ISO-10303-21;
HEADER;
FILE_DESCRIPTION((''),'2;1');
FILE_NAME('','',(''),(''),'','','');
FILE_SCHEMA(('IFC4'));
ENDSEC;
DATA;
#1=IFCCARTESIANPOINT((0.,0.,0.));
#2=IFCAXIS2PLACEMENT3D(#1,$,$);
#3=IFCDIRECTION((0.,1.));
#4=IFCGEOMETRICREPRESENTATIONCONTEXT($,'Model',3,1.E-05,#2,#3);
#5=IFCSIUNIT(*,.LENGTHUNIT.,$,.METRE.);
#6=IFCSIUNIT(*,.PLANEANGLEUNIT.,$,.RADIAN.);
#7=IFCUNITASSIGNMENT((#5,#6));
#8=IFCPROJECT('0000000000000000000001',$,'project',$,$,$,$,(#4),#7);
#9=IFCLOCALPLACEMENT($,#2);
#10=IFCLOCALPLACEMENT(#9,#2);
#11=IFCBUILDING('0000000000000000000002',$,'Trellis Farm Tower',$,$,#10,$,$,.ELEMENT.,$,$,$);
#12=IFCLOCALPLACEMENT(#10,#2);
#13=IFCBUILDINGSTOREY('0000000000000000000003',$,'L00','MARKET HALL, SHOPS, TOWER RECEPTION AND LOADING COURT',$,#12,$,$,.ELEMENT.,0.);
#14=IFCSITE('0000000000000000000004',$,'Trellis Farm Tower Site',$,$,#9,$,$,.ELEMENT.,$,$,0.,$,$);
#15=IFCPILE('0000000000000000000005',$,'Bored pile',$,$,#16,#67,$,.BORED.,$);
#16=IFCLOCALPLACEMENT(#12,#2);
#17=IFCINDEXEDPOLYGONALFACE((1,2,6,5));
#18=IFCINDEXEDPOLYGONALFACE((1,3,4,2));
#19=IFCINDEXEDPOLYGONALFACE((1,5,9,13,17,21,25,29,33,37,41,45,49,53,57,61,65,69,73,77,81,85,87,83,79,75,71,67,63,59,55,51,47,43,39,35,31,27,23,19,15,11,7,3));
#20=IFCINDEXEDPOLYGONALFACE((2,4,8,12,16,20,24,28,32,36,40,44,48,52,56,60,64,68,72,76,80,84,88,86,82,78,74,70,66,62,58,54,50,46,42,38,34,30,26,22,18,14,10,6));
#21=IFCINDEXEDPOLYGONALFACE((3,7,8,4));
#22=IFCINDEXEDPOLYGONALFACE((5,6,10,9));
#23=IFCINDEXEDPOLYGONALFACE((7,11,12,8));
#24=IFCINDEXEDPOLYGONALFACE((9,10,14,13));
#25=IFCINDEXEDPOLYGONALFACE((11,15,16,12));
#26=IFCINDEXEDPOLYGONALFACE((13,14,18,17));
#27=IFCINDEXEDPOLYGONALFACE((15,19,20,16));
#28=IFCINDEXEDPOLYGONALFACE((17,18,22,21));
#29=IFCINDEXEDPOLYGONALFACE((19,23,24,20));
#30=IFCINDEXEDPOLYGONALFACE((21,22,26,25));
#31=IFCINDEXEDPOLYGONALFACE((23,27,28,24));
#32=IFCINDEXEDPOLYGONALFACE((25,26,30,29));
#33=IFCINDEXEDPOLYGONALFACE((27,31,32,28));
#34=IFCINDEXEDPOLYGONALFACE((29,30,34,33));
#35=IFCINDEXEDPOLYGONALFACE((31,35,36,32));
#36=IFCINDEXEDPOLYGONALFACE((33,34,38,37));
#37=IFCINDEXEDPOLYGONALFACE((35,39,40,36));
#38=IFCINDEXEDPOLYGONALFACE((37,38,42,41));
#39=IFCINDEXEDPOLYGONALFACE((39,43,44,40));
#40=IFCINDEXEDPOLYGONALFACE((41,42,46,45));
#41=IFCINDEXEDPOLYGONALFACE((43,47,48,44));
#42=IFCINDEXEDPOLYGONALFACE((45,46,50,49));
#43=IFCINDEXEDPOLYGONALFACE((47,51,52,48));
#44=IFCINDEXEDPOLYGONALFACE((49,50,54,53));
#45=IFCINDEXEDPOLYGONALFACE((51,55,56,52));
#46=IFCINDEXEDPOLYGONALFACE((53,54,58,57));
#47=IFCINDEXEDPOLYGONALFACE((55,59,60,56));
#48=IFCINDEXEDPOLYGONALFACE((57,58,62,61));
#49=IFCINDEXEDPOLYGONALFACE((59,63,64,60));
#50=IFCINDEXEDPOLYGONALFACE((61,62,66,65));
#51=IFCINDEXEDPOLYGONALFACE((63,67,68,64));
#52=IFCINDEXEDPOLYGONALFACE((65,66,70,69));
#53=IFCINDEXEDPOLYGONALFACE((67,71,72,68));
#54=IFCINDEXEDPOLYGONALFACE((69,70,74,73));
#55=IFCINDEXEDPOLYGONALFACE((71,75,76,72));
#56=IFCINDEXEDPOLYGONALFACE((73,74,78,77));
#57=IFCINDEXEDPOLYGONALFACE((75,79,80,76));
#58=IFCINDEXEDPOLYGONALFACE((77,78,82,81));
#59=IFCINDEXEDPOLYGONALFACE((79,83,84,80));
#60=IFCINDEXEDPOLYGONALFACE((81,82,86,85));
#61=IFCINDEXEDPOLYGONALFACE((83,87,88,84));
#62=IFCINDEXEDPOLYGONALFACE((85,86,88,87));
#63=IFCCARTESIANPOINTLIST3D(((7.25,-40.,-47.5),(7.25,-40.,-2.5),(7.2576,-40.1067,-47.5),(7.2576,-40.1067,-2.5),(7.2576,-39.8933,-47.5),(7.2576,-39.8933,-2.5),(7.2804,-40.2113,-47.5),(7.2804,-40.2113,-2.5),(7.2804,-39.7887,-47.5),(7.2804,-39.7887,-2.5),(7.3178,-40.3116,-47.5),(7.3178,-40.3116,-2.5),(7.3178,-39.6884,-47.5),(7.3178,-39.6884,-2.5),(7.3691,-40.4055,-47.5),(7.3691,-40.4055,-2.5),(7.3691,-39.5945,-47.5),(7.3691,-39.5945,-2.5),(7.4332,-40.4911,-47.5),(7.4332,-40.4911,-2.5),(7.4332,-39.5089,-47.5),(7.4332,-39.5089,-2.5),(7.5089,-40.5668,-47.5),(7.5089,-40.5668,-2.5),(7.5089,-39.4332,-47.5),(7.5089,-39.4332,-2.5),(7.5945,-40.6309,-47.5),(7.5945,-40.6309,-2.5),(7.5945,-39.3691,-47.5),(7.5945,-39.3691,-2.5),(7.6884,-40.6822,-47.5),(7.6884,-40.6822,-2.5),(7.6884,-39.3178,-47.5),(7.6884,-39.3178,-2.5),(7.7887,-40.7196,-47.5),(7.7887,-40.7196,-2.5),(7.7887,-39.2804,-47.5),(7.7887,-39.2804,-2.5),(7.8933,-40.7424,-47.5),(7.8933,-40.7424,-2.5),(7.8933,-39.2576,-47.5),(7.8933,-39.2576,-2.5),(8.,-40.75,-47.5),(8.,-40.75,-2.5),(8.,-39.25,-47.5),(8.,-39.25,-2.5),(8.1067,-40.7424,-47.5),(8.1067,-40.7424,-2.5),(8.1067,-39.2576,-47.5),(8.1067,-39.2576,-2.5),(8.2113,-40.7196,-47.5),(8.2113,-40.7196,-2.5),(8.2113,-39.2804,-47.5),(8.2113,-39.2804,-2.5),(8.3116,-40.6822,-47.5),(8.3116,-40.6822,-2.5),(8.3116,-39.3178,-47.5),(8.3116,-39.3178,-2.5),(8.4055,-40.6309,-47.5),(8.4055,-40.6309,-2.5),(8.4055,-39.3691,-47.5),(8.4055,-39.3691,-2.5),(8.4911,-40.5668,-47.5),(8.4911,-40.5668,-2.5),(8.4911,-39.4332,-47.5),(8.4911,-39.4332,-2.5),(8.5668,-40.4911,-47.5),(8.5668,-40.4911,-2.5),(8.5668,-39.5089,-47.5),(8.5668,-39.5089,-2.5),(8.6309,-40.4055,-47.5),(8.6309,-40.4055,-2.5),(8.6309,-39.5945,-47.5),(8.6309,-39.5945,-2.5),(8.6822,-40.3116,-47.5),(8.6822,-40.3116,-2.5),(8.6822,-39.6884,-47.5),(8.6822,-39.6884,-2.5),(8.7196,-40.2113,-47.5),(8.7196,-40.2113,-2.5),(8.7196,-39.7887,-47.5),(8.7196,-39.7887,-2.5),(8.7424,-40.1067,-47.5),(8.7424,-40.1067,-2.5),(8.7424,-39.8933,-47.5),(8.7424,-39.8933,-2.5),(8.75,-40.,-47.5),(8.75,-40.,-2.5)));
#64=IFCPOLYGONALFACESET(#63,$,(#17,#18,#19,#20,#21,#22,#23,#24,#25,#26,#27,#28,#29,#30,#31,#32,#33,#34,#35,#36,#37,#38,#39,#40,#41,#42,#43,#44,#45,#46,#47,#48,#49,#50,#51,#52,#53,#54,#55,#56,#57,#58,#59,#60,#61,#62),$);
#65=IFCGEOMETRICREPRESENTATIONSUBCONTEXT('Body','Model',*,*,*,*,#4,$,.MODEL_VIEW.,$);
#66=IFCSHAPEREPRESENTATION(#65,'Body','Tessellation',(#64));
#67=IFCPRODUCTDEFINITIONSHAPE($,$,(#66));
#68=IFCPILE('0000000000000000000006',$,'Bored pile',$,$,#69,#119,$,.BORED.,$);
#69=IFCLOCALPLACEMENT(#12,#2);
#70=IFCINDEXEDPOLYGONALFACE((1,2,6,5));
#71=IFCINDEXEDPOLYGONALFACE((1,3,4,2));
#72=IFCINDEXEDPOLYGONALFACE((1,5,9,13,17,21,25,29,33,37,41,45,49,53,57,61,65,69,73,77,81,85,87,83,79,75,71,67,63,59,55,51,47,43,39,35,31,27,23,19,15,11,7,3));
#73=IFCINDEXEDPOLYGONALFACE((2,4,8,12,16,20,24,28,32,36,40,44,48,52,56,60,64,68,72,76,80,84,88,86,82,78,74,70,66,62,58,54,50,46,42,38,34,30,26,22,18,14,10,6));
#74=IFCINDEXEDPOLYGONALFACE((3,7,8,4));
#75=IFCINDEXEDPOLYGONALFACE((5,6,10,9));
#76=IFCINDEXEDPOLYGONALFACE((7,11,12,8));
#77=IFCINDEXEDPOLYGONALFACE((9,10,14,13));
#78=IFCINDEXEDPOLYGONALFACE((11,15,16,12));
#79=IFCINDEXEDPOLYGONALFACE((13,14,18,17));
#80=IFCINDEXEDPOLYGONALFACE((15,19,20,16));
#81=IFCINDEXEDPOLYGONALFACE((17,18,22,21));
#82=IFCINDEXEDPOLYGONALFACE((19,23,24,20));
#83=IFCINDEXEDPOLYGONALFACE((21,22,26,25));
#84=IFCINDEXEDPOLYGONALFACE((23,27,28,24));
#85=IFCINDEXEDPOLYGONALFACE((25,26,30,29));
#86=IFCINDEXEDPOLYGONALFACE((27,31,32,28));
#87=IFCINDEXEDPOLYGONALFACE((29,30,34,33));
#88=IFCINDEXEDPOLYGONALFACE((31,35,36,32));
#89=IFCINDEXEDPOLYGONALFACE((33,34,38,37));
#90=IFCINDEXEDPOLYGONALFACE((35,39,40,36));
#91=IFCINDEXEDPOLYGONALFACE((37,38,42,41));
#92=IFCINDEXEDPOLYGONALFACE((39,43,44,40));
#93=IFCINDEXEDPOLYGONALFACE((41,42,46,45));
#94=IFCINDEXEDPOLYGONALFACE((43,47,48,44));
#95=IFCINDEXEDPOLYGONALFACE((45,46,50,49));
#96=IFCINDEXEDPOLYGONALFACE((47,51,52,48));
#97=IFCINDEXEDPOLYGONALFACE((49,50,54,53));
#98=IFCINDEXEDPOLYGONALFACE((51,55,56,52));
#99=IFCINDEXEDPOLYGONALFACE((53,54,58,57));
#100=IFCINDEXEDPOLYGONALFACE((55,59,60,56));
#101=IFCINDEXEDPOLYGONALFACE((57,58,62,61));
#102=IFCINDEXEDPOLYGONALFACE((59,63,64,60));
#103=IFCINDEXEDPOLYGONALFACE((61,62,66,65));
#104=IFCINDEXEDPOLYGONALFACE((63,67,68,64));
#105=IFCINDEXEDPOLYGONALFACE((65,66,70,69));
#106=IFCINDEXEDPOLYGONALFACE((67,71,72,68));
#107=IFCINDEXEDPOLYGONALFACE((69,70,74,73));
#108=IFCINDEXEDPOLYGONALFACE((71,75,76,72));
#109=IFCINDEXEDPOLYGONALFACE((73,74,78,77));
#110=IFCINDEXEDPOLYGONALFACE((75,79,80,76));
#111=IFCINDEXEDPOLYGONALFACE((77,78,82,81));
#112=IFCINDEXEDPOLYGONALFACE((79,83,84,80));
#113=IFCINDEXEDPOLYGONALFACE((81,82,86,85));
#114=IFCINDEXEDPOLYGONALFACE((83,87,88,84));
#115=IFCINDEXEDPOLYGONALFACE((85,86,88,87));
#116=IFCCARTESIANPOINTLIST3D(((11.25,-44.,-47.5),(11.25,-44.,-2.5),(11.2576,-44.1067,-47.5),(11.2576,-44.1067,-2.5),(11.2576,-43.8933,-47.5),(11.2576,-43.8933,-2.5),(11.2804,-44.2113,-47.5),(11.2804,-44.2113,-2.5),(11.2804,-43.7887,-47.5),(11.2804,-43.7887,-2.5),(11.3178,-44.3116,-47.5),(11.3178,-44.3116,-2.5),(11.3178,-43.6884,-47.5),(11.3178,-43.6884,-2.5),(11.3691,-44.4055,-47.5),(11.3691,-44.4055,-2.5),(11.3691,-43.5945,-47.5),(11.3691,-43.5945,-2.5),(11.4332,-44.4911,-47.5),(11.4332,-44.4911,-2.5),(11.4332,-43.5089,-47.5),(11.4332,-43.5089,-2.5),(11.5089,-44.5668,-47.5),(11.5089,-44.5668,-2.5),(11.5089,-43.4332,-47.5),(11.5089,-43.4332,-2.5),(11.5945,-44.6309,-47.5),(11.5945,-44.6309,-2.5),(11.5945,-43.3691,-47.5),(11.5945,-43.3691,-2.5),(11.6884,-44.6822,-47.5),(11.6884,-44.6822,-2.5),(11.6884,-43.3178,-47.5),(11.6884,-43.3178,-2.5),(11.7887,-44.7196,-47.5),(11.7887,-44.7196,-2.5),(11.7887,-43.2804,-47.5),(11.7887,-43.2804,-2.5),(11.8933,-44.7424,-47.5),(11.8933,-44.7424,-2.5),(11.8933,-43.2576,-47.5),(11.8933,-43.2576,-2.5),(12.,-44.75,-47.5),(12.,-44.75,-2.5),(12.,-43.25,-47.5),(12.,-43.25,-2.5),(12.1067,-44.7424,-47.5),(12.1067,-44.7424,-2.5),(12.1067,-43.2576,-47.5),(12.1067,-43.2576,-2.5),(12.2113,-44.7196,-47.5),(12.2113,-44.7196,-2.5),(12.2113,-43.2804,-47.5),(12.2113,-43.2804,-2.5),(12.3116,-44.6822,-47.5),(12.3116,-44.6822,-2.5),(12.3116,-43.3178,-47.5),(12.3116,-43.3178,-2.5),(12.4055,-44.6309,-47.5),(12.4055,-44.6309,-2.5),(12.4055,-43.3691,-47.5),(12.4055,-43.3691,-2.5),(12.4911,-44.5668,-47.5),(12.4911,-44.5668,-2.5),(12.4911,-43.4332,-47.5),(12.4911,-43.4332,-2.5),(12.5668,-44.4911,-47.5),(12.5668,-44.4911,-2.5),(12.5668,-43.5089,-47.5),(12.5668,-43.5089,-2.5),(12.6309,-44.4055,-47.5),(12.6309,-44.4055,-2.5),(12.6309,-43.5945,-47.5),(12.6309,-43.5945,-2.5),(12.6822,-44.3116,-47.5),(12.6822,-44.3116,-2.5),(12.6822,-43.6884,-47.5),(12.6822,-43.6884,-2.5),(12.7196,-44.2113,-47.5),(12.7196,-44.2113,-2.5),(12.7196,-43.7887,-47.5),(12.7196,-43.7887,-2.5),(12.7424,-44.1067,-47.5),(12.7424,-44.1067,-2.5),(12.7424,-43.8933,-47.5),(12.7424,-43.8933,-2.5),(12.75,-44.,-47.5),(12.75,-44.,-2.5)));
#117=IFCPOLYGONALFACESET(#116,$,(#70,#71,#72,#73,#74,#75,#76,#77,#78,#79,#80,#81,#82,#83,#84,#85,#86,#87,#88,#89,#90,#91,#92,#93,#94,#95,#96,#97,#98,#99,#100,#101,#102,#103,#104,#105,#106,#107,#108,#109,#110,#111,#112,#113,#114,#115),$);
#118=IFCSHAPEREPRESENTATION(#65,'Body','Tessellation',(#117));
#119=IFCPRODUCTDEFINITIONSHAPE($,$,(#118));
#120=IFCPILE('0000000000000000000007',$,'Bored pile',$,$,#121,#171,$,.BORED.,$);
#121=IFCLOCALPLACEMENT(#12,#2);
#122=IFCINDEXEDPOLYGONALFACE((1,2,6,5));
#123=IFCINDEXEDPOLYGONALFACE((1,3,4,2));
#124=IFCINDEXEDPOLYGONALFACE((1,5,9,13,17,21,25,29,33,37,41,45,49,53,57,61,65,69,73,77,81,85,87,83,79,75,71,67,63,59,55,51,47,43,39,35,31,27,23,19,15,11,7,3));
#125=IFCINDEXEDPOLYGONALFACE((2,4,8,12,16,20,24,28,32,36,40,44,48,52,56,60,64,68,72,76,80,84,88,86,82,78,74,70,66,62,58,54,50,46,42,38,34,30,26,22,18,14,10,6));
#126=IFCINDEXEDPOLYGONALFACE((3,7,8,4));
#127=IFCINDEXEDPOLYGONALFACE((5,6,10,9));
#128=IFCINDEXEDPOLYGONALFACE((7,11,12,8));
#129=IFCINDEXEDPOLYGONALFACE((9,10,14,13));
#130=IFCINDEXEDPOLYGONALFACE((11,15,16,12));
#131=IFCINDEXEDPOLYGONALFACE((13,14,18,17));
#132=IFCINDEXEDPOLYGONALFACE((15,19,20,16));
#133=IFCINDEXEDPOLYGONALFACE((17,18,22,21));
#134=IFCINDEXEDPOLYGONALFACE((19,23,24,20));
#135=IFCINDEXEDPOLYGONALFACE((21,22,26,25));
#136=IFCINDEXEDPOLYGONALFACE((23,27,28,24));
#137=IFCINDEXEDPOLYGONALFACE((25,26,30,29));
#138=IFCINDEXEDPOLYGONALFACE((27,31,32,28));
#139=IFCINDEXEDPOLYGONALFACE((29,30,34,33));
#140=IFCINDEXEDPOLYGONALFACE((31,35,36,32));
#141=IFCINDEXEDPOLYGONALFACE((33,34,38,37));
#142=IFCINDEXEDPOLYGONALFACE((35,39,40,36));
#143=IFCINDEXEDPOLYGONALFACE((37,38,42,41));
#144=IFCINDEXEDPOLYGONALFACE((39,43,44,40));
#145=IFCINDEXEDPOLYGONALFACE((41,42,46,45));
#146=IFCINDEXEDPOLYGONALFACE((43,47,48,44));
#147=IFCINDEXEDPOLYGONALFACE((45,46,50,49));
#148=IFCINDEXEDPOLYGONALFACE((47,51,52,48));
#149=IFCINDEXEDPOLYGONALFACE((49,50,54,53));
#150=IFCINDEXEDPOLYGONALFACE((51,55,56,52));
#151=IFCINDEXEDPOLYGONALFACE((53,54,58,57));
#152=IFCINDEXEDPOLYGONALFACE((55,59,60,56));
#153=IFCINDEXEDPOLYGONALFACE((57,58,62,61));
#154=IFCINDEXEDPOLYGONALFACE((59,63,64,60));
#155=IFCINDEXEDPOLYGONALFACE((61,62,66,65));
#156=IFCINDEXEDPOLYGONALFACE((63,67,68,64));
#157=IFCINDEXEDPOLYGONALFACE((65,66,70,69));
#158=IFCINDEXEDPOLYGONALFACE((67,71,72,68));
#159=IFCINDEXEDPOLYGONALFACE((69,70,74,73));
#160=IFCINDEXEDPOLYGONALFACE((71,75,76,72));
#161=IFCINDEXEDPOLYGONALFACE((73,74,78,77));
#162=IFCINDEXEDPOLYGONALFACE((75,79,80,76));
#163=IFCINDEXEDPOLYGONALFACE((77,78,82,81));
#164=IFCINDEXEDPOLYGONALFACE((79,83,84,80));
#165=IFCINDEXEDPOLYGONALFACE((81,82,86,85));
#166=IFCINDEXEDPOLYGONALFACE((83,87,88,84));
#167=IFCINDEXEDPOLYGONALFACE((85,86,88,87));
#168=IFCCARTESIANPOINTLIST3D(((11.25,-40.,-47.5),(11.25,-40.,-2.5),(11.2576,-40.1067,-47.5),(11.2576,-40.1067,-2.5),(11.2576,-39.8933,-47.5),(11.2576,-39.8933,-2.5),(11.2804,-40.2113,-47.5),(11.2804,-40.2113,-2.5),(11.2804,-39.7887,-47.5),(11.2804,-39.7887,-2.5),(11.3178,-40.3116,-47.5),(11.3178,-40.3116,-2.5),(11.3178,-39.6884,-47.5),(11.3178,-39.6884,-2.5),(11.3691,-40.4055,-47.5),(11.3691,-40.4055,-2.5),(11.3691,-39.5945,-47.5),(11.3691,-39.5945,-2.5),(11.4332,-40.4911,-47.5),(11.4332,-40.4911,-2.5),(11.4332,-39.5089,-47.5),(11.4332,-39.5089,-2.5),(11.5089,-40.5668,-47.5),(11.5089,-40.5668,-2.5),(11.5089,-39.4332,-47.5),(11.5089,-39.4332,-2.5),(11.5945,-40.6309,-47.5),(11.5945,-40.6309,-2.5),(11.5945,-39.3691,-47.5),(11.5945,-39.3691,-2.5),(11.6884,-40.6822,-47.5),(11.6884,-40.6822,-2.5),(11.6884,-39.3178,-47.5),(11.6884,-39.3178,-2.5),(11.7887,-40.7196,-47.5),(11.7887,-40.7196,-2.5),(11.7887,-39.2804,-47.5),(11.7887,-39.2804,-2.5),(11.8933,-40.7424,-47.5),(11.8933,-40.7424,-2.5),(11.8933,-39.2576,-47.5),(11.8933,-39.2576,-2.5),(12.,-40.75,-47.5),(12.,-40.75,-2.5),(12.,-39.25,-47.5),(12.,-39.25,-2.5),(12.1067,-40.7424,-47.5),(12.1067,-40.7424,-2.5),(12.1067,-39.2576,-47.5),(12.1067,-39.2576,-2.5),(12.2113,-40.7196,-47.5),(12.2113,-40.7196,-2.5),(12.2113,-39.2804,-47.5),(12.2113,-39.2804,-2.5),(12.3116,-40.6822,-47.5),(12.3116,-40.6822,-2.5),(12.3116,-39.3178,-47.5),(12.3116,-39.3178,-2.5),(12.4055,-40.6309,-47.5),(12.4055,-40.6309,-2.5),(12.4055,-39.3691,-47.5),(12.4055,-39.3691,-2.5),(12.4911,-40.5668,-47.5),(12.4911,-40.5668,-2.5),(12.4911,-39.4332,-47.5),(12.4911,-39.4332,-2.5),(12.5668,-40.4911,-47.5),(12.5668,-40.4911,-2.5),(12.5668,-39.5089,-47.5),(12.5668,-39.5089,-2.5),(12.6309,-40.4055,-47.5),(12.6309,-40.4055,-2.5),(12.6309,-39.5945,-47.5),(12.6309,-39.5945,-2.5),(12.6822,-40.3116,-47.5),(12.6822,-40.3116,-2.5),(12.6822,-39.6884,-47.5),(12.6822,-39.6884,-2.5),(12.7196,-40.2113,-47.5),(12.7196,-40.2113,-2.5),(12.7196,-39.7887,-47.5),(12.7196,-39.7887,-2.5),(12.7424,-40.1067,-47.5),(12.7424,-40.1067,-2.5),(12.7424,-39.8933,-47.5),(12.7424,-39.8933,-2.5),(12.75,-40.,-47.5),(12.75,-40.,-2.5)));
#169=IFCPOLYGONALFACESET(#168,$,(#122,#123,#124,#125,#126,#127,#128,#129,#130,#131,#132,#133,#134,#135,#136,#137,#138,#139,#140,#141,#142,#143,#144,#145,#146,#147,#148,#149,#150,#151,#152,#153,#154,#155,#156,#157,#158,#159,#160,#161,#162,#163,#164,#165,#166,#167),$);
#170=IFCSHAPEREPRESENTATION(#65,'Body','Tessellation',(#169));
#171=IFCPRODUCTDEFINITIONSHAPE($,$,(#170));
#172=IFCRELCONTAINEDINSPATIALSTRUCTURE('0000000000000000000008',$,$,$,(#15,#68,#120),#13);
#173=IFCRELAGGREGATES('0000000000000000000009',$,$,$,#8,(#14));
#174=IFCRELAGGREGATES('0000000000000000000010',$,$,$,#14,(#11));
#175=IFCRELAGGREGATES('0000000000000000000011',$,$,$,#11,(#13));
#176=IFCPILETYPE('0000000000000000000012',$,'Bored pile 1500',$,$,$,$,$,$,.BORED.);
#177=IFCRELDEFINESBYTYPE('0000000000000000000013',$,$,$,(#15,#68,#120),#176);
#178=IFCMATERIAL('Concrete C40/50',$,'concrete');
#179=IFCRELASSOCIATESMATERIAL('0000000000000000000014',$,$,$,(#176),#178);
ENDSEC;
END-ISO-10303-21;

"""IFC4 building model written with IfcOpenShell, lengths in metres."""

from ifc_helpers import new_model, si_unit, direction, frame, origin, origin_2d, place, context, subcontext, project, spatial, circle, extrude, source, transform, mapped, material, material_profile, profile_set, type_object, element, save


model = new_model("IFC4")

# Units and contexts
model_context = context("Model", 3, precision=1e-05, world=origin(), true_north=direction((0.0, 1.0)))
body_context = subcontext(model_context, "Body", "Model", "MODEL_VIEW")
ifc_project = project(units=[si_unit("LENGTHUNIT", "METRE"), si_unit("PLANEANGLEUNIT", "RADIAN")], contexts=[model_context])

# Site, building, storey
site_placement = place(None, origin())
site = spatial("IfcSite", under=ifc_project, at=site_placement, Name="Trellis Farm Tower Site", CompositionType="ELEMENT", RefElevation=0.0)
building_placement = place(site_placement, origin())
building = spatial("IfcBuilding", under=site, at=building_placement, Name="Trellis Farm Tower", CompositionType="ELEMENT")
storey_placement = place(building_placement, origin())
storey = spatial("IfcBuildingStorey", under=building, at=storey_placement, Name="L00", Description="MARKET HALL, SHOPS, TOWER RECEPTION AND LOADING COURT", CompositionType="ELEMENT", Elevation=0.0)

# Piles
ifc_material_1 = material(Name="Concrete C40/50", Category="concrete")
ifc_material_profile_1 = material_profile(ifc_material_1, circle(Radius=0.75, at=origin_2d()), Name="Bored pile 1500")
ifc_profile_set_1 = profile_set([ifc_material_profile_1], Name="Concrete C40/50")
pile_type = type_object("IfcPileType", Name="Bored pile 1500", PredefinedType="BORED", material=ifc_profile_set_1)
shared_shape_1 = source(origin(), body_context, "Body", "SweptSolid", [
    extrude(circle(Radius=0.75, at=origin_2d()), origin(), (0.0, 0.0, 1.0), 45.0),
])
for number, where, z_axis, x_axis, name in (
    (1, (8.0, -40.0, -2.5), (0.0, 0.0, -1.0), (1.0, 0.0, 0.0), "Bored pile"),
    (2, (12.0, -44.0, -2.5), (0.0, 0.0, -1.0), (1.0, 0.0, 0.0), "Bored pile"),
    (3, (12.0, -40.0, -2.5), (0.0, 0.0, -1.0), (1.0, 0.0, 0.0), "Bored pile"),
):
    element("IfcPile", number, at=place(storey_placement, frame(where, z_axis=z_axis, x_axis=x_axis)), inside=storey, type_object=pile_type, Name=name, PredefinedType="BORED", context=body_context, shape_type="MappedRepresentation", body=[
        mapped(shared_shape_1, transform((0.0, 0.0, 0.0))),
    ])

save(model, "model.ifc")
